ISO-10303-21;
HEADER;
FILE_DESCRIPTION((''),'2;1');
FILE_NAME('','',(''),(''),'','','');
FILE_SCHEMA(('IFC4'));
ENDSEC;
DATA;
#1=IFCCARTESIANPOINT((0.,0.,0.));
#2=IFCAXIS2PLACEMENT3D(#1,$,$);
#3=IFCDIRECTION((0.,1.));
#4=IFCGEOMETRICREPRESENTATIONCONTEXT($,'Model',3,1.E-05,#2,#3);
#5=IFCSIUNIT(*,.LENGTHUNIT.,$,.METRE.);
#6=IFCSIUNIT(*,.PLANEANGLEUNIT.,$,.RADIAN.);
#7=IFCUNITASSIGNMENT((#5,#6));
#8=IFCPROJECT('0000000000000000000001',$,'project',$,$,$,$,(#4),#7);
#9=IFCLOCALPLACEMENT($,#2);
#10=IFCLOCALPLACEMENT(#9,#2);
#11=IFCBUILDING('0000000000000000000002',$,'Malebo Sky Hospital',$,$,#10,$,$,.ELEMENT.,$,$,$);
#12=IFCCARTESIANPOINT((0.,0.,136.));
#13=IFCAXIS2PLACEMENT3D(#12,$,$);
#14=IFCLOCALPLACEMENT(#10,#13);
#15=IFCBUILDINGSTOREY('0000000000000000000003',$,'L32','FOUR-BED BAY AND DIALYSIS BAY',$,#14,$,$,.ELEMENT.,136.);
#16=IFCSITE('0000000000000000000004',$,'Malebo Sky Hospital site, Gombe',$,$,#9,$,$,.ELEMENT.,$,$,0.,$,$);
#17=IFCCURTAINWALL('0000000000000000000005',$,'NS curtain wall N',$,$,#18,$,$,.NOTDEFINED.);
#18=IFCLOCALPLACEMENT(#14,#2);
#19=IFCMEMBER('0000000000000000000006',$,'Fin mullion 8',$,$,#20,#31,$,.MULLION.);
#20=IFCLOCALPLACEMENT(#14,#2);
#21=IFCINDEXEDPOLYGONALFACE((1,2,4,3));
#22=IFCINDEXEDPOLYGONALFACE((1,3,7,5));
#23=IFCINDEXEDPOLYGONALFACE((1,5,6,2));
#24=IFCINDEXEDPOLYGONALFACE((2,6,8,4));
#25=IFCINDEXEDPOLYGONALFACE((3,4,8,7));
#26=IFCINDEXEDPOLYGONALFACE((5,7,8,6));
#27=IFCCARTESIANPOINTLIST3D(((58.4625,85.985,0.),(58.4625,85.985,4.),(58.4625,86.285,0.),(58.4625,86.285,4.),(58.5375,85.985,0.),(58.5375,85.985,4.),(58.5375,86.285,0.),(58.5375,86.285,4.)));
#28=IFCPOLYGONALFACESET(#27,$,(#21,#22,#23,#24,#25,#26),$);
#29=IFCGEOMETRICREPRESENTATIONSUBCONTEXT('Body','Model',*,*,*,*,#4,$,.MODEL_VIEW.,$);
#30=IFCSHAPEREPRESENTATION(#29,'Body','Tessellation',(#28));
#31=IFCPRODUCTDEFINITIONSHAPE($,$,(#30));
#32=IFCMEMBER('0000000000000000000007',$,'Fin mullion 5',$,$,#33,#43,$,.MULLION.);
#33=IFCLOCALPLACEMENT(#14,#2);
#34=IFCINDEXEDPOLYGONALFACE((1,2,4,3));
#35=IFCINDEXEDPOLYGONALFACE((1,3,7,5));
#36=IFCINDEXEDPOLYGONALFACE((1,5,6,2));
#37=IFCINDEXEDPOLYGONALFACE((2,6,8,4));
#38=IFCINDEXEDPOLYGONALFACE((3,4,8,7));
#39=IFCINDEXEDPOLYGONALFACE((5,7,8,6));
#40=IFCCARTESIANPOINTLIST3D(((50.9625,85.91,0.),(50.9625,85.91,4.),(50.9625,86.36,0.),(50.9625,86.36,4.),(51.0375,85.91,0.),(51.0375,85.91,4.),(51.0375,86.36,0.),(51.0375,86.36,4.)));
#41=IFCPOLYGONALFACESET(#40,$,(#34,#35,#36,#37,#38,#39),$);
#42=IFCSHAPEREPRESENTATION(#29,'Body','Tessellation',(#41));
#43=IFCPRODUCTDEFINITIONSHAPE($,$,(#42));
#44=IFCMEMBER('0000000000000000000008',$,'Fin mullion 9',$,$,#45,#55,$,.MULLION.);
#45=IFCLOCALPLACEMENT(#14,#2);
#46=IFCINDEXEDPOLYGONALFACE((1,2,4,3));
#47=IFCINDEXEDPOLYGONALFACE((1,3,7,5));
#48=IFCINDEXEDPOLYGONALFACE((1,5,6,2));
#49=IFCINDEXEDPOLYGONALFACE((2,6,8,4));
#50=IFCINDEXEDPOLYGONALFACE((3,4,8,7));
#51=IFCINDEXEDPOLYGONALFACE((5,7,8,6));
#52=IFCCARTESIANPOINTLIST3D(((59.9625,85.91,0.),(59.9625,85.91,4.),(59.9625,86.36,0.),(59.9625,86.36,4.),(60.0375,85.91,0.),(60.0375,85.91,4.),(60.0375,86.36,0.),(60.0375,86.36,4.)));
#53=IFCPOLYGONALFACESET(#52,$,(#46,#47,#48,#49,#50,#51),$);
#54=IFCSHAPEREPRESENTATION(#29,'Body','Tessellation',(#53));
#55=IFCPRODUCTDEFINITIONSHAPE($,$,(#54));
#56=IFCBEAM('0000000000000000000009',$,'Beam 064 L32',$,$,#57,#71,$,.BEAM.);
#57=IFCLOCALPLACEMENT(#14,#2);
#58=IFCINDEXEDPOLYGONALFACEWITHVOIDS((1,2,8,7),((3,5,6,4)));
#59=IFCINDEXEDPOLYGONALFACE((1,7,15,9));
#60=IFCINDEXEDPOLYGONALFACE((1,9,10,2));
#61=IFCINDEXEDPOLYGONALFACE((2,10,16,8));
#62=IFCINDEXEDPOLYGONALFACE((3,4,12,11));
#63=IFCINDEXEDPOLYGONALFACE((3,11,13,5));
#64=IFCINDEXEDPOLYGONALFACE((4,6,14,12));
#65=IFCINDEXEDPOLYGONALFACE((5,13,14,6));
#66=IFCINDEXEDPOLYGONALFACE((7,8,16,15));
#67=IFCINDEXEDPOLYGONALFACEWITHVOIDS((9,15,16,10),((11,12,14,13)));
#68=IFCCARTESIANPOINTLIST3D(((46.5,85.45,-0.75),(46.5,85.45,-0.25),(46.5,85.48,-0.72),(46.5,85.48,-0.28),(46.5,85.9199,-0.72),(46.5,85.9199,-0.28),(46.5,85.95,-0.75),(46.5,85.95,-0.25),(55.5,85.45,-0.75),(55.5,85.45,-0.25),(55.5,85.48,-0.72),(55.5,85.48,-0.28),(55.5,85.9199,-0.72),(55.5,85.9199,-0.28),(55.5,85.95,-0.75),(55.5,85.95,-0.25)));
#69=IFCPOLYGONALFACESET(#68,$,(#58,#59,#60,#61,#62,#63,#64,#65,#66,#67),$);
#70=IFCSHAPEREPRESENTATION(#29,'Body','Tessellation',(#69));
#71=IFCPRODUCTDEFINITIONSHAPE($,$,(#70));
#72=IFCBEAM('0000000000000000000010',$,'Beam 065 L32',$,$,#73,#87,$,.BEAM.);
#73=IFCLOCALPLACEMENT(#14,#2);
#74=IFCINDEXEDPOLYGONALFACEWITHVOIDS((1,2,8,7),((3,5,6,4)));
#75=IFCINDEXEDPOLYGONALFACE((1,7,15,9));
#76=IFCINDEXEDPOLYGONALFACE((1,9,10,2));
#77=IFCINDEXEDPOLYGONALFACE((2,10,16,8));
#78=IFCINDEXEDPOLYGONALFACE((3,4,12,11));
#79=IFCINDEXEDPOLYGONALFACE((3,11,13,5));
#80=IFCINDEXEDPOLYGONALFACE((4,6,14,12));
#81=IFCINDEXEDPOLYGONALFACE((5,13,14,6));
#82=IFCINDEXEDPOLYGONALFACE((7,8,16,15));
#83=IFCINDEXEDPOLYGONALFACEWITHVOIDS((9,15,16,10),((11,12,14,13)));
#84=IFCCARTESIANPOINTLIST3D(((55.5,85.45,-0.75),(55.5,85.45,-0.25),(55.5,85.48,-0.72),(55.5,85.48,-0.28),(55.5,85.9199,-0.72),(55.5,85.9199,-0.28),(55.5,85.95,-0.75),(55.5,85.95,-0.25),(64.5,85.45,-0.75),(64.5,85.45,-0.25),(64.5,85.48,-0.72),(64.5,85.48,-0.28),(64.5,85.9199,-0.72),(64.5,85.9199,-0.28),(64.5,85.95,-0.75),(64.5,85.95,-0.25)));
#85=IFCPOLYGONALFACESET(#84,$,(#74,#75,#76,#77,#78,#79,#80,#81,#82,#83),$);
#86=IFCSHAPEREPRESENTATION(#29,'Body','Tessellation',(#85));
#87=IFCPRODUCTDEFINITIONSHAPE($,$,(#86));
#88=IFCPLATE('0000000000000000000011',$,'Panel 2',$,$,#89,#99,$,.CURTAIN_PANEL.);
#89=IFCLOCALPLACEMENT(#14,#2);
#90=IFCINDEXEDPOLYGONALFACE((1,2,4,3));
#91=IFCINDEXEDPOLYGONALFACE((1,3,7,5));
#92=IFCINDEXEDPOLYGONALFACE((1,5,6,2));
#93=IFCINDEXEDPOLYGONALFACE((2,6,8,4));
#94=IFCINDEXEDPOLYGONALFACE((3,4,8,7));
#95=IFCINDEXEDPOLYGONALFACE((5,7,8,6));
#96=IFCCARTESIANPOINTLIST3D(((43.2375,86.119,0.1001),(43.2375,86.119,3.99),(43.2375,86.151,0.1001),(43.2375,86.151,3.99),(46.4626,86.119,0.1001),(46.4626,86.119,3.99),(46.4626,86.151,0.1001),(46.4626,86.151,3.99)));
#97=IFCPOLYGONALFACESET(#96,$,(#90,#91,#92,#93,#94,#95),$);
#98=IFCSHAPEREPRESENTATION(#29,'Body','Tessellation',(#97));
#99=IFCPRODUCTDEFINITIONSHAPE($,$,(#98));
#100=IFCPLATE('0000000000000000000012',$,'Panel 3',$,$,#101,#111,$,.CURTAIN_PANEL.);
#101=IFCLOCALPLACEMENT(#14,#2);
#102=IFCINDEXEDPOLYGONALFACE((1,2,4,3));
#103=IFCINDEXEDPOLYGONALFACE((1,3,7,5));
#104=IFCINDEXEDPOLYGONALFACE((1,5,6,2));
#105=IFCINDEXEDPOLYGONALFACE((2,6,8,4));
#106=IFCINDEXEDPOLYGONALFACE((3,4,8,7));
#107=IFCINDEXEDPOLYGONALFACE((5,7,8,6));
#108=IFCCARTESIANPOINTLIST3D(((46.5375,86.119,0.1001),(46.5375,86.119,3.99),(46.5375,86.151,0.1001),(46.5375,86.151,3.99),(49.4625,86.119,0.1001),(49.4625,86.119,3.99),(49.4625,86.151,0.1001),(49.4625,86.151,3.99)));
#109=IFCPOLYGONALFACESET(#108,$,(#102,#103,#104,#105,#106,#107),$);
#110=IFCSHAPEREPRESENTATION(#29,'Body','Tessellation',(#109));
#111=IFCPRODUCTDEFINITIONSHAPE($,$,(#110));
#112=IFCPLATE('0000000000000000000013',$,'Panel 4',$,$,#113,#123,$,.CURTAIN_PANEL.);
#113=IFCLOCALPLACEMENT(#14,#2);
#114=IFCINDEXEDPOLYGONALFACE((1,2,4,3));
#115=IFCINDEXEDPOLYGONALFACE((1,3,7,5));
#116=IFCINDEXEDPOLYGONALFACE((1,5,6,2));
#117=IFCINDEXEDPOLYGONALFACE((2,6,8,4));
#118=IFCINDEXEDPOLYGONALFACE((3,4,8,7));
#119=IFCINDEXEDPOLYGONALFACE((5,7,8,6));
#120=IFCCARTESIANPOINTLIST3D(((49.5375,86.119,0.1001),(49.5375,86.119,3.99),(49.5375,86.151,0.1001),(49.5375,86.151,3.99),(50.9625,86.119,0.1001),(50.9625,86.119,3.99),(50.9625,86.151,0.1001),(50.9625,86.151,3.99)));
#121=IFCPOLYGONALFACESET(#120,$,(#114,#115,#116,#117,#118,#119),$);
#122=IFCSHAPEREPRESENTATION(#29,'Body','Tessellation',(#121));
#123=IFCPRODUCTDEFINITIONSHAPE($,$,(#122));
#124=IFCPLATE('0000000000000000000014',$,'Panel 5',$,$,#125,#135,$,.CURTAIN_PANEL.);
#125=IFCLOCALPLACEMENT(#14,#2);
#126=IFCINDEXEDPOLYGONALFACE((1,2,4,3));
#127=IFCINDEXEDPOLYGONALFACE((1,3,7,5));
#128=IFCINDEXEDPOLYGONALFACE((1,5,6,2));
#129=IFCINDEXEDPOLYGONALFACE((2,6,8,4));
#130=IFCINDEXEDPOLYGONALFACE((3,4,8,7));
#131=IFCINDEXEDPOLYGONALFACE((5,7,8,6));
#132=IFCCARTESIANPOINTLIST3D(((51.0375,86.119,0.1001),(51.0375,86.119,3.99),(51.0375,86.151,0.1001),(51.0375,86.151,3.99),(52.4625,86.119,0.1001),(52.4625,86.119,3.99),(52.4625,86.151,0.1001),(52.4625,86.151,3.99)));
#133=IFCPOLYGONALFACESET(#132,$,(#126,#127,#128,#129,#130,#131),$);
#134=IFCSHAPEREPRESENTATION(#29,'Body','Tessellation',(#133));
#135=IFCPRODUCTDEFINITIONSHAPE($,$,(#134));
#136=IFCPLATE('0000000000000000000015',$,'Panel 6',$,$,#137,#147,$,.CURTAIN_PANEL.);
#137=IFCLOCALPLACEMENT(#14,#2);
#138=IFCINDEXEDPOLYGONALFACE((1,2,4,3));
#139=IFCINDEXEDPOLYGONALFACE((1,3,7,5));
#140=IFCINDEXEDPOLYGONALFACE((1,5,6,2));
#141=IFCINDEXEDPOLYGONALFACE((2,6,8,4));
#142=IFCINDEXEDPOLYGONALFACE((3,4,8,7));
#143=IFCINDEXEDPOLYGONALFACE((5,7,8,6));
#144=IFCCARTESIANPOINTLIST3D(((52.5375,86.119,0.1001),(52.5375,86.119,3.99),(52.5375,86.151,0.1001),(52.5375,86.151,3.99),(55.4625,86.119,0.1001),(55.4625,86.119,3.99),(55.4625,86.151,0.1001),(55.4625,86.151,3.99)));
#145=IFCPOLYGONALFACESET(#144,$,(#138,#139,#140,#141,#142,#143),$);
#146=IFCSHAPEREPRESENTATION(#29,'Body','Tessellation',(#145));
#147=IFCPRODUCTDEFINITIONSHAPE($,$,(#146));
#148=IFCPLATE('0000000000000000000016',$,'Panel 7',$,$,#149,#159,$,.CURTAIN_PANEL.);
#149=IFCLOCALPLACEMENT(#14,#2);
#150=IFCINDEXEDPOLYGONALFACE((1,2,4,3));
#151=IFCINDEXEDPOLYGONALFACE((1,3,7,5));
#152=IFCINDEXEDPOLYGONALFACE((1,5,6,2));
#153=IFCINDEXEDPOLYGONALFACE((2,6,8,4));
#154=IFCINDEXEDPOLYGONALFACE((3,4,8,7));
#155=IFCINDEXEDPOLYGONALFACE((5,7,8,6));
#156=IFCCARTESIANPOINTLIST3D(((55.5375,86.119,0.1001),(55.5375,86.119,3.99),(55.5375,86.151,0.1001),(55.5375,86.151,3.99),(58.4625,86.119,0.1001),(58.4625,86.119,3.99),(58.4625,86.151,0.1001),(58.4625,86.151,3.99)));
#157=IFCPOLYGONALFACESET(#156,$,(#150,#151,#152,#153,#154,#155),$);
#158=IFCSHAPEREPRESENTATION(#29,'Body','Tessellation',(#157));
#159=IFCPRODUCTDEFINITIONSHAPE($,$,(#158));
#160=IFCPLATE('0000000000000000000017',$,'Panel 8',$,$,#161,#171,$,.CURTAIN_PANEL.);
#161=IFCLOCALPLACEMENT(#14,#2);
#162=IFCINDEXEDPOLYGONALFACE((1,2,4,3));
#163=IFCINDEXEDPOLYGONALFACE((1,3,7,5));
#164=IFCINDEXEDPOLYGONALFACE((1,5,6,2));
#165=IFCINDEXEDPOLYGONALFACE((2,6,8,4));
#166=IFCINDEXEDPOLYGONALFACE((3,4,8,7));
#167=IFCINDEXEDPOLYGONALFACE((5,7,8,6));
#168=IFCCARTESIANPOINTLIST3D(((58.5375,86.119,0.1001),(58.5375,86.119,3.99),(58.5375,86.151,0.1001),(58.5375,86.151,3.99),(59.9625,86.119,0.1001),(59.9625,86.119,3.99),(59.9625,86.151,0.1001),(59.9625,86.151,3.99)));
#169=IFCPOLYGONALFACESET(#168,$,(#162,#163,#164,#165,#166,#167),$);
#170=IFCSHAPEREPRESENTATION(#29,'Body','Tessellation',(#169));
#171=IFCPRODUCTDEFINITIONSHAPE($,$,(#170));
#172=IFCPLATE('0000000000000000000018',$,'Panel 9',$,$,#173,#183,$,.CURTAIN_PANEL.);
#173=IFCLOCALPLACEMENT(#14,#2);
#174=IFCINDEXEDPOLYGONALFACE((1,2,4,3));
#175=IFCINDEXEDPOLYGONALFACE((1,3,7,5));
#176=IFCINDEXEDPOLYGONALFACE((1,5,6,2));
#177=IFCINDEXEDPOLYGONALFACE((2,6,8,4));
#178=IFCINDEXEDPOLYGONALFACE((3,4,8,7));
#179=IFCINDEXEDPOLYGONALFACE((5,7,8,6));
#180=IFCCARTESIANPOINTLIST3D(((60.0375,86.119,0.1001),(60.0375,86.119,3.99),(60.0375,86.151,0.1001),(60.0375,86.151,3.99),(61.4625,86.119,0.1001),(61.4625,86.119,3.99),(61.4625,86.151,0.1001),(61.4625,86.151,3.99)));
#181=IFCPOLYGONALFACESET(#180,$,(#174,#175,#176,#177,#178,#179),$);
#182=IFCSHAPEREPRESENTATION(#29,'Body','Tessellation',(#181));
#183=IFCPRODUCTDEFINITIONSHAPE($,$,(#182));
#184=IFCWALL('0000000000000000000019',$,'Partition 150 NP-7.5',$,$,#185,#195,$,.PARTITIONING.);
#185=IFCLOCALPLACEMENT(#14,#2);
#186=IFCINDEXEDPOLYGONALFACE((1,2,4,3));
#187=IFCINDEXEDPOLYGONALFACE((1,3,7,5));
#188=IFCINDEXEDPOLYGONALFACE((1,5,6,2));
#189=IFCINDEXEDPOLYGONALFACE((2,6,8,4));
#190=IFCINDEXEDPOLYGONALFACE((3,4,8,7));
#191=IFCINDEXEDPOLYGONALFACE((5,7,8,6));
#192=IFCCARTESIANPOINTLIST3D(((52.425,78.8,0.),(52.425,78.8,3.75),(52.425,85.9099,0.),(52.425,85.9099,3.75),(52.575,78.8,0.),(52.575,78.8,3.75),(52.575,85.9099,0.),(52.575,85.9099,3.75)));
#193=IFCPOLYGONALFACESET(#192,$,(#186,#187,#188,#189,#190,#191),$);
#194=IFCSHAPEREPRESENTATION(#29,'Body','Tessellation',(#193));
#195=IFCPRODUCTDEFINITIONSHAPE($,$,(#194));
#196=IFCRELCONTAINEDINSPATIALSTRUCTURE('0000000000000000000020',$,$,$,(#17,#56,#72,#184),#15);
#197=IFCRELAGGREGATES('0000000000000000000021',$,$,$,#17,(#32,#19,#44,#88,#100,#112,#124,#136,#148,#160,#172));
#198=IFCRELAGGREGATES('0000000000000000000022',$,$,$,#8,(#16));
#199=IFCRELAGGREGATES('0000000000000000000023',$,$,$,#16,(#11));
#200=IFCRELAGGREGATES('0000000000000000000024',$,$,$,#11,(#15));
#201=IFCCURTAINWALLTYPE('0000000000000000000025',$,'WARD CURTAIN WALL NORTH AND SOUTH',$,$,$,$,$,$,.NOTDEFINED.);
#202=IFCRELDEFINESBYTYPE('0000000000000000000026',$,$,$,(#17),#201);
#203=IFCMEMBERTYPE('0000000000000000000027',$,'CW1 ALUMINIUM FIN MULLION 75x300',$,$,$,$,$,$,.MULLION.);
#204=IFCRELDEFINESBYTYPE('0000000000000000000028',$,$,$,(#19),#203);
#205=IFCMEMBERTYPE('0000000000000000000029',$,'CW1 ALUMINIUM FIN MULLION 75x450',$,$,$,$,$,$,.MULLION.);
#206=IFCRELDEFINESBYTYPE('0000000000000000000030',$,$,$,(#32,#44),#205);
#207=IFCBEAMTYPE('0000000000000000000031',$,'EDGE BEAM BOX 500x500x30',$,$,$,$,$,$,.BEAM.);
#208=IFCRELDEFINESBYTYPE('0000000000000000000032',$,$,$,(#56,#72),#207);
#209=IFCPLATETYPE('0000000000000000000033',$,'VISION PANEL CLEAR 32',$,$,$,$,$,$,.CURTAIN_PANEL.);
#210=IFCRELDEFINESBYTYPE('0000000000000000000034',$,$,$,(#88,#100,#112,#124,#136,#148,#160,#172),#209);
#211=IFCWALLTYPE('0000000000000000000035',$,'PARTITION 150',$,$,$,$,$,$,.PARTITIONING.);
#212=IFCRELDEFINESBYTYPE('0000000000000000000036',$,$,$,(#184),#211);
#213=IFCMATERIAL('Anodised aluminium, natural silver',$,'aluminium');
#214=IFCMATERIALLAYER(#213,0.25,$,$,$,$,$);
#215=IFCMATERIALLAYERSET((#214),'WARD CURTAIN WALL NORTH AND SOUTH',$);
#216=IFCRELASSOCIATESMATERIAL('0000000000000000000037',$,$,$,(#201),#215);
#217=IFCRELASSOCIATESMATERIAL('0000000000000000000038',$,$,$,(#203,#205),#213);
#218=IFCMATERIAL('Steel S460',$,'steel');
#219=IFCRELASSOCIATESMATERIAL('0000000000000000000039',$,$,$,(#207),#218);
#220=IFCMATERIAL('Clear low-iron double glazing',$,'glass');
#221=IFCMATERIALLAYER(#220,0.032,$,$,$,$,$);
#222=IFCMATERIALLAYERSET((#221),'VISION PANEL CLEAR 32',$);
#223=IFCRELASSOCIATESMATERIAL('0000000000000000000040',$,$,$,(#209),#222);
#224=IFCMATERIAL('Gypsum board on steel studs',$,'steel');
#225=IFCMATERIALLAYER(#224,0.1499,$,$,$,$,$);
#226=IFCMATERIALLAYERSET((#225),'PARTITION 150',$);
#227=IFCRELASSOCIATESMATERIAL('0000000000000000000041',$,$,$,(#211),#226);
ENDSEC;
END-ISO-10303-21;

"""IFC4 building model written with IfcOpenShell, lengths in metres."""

from ifc_helpers import new_model, si_unit, direction, frame, frame_2d, origin, origin_2d, place, context, subcontext, project, spatial, rectangle, hollow_rectangle, extrude, material, layer, layer_set, material_profile, profile_set, type_object, element, aggregate, save


model = new_model("IFC4")

# Units and contexts
model_context = context("Model", 3, precision=1e-05, world=origin(), true_north=direction((0.0, 1.0)))
body_context = subcontext(model_context, "Body", "Model", "MODEL_VIEW")
ifc_project = project(units=[si_unit("LENGTHUNIT", "METRE"), si_unit("PLANEANGLEUNIT", "RADIAN")], contexts=[model_context])

# Site, building, storey
site_placement = place(None, origin())
site = spatial("IfcSite", under=ifc_project, at=site_placement, Name="Malebo Sky Hospital site, Gombe", CompositionType="ELEMENT", RefElevation=0.0)
building_placement = place(site_placement, origin())
building = spatial("IfcBuilding", under=site, at=building_placement, Name="Malebo Sky Hospital", CompositionType="ELEMENT")
storey_placement = place(building_placement, frame((0.0, 0.0, 136.0)))
storey = spatial("IfcBuildingStorey", under=building, at=storey_placement, Name="L32", Description="FOUR-BED BAY AND DIALYSIS BAY", CompositionType="ELEMENT", Elevation=136.0)

# Shared definitions
ifc_material_1 = material(Name="Steel S460", Category="steel")

# Curtain wall, members
ifc_material_2 = material(Name="Anodised aluminium, natural silver", Category="aluminium")
ifc_layer_1 = layer(ifc_material_2, 0.25)
ifc_layer_set_1 = layer_set([ifc_layer_1], Name="WARD CURTAIN WALL NORTH AND SOUTH")
curtain_wall_type = type_object("IfcCurtainWallType", Name="WARD CURTAIN WALL NORTH AND SOUTH", PredefinedType="NOTDEFINED", material=ifc_layer_set_1)
curtain_wall_placement = place(storey_placement, origin())
curtain_wall = element("IfcCurtainWall", 1, at=curtain_wall_placement, inside=storey, type_object=curtain_wall_type, Name="NS curtain wall N", PredefinedType="NOTDEFINED")
ifc_material_profile_1 = material_profile(ifc_material_2, rectangle(XDim=0.075, YDim=0.3, at=origin_2d()), Name="CW1 ALUMINIUM FIN MULLION 75x300")
ifc_profile_set_1 = profile_set([ifc_material_profile_1], Name="Anodised aluminium, natural silver")
member_type_1 = type_object("IfcMemberType", Name="CW1 ALUMINIUM FIN MULLION 75x300", PredefinedType="MULLION", material=ifc_profile_set_1)
member_1_placement = place(storey_placement, frame((58.5, 86.135, 0.0), z_axis=(0.0, 0.0, 1.0), x_axis=(1.0, 0.0, 0.0)))
member_1 = element("IfcMember", 2, at=member_1_placement, type_object=member_type_1, Name="Fin mullion 8", PredefinedType="MULLION", context=body_context, shape_type="SweptSolid", body=[
    extrude(rectangle(XDim=0.075, YDim=0.3, at=origin_2d()), origin(), (0.0, 0.0, 1.0), 4.0),
])
ifc_material_profile_2 = material_profile(ifc_material_2, rectangle(XDim=0.075, YDim=0.45, at=origin_2d()), Name="CW1 ALUMINIUM FIN MULLION 75x450")
ifc_profile_set_2 = profile_set([ifc_material_profile_2], Name="Anodised aluminium, natural silver")
member_type_2 = type_object("IfcMemberType", Name="CW1 ALUMINIUM FIN MULLION 75x450", PredefinedType="MULLION", material=ifc_profile_set_2)
member_2_placement = place(storey_placement, frame((51.0, 86.135, 0.0), z_axis=(0.0, 0.0, 1.0), x_axis=(1.0, 0.0, 0.0)))
member_2 = element("IfcMember", 3, at=member_2_placement, type_object=member_type_2, Name="Fin mullion 5", PredefinedType="MULLION", context=body_context, shape_type="SweptSolid", body=[
    extrude(rectangle(XDim=0.075, YDim=0.45, at=origin_2d()), origin(), (0.0, 0.0, 1.0), 4.0),
])
member_3_placement = place(storey_placement, frame((60.0, 86.135, 0.0), z_axis=(0.0, 0.0, 1.0), x_axis=(1.0, 0.0, 0.0)))
member_3 = element("IfcMember", 4, at=member_3_placement, type_object=member_type_2, Name="Fin mullion 9", PredefinedType="MULLION", context=body_context, shape_type="SweptSolid", body=[
    extrude(rectangle(XDim=0.075, YDim=0.45, at=origin_2d()), origin(), (0.0, 0.0, 1.0), 4.0),
])

# Beams
ifc_material_profile_3 = material_profile(ifc_material_1, hollow_rectangle(XDim=0.5, YDim=0.5, WallThickness=0.03, at=origin_2d()), Name="BOX 500x500x30")
ifc_profile_set_3 = profile_set([ifc_material_profile_3], Name="Steel S460")
beam_type = type_object("IfcBeamType", Name="EDGE BEAM BOX 500x500x30", PredefinedType="BEAM", material=ifc_profile_set_3)
for number, where, z_axis, x_axis, name in (
    (5, (46.5, 85.7, -0.5), (1.0, 0.0, 0.0), (0.0, 1.0, 0.0), "Beam 064 L32"),
    (6, (55.5, 85.7, -0.5), (1.0, 0.0, 0.0), (0.0, 1.0, 0.0), "Beam 065 L32"),
):
    element("IfcBeam", number, at=place(storey_placement, frame(where, z_axis=z_axis, x_axis=x_axis)), inside=storey, type_object=beam_type, Name=name, PredefinedType="BEAM", context=body_context, shape_type="SweptSolid", body=[
        extrude(hollow_rectangle(XDim=0.5, YDim=0.5, WallThickness=0.03, at=origin_2d()), origin(), (0.0, 0.0, 1.0), 9.0),
    ])

# Plates
ifc_material_3 = material(Name="Clear low-iron double glazing", Category="glass")
ifc_layer_2 = layer(ifc_material_3, 0.032)
ifc_layer_set_2 = layer_set([ifc_layer_2], Name="VISION PANEL CLEAR 32")
plate_type = type_object("IfcPlateType", Name="VISION PANEL CLEAR 32", PredefinedType="CURTAIN_PANEL", material=ifc_layer_set_2)
plate_1_placement = place(storey_placement, frame((44.8501, 86.135, 0.1001), z_axis=(0.0, 0.0, 1.0), x_axis=(1.0, 0.0, 0.0)))
plate_1 = element("IfcPlate", 7, at=plate_1_placement, type_object=plate_type, Name="Panel 2", PredefinedType="CURTAIN_PANEL", context=body_context, shape_type="SweptSolid", body=[
    extrude(rectangle(XDim=3.2251, YDim=0.032, at=origin_2d()), origin(), (0.0, 0.0, 1.0), 3.8899),
])
plate_2_placement = place(storey_placement, frame((48.0, 86.135, 0.1001), z_axis=(0.0, 0.0, 1.0), x_axis=(1.0, 0.0, 0.0)))
plate_2 = element("IfcPlate", 8, at=plate_2_placement, type_object=plate_type, Name="Panel 3", PredefinedType="CURTAIN_PANEL", context=body_context, shape_type="SweptSolid", body=[
    extrude(rectangle(XDim=2.925, YDim=0.032, at=origin_2d()), origin(), (0.0, 0.0, 1.0), 3.8899),
])
plate_3_placement = place(storey_placement, frame((50.25, 86.135, 0.1001), z_axis=(0.0, 0.0, 1.0), x_axis=(1.0, 0.0, 0.0)))
plate_3 = element("IfcPlate", 9, at=plate_3_placement, type_object=plate_type, Name="Panel 4", PredefinedType="CURTAIN_PANEL", context=body_context, shape_type="SweptSolid", body=[
    extrude(rectangle(XDim=1.425, YDim=0.032, at=origin_2d()), origin(), (0.0, 0.0, 1.0), 3.8899),
])
plate_4_placement = place(storey_placement, frame((51.75, 86.135, 0.1001), z_axis=(0.0, 0.0, 1.0), x_axis=(1.0, 0.0, 0.0)))
plate_4 = element("IfcPlate", 10, at=plate_4_placement, type_object=plate_type, Name="Panel 5", PredefinedType="CURTAIN_PANEL", context=body_context, shape_type="SweptSolid", body=[
    extrude(rectangle(XDim=1.425, YDim=0.032, at=origin_2d()), origin(), (0.0, 0.0, 1.0), 3.8899),
])
plate_5_placement = place(storey_placement, frame((54.0, 86.135, 0.1001), z_axis=(0.0, 0.0, 1.0), x_axis=(1.0, 0.0, 0.0)))
plate_5 = element("IfcPlate", 11, at=plate_5_placement, type_object=plate_type, Name="Panel 6", PredefinedType="CURTAIN_PANEL", context=body_context, shape_type="SweptSolid", body=[
    extrude(rectangle(XDim=2.925, YDim=0.032, at=origin_2d()), origin(), (0.0, 0.0, 1.0), 3.8899),
])
plate_6_placement = place(storey_placement, frame((57.0, 86.135, 0.1001), z_axis=(0.0, 0.0, 1.0), x_axis=(1.0, 0.0, 0.0)))
plate_6 = element("IfcPlate", 12, at=plate_6_placement, type_object=plate_type, Name="Panel 7", PredefinedType="CURTAIN_PANEL", context=body_context, shape_type="SweptSolid", body=[
    extrude(rectangle(XDim=2.925, YDim=0.032, at=origin_2d()), origin(), (0.0, 0.0, 1.0), 3.8899),
])
plate_7_placement = place(storey_placement, frame((59.25, 86.135, 0.1001), z_axis=(0.0, 0.0, 1.0), x_axis=(1.0, 0.0, 0.0)))
plate_7 = element("IfcPlate", 13, at=plate_7_placement, type_object=plate_type, Name="Panel 8", PredefinedType="CURTAIN_PANEL", context=body_context, shape_type="SweptSolid", body=[
    extrude(rectangle(XDim=1.425, YDim=0.032, at=origin_2d()), origin(), (0.0, 0.0, 1.0), 3.8899),
])
plate_8_placement = place(storey_placement, frame((60.75, 86.135, 0.1001), z_axis=(0.0, 0.0, 1.0), x_axis=(1.0, 0.0, 0.0)))
plate_8 = element("IfcPlate", 14, at=plate_8_placement, type_object=plate_type, Name="Panel 9", PredefinedType="CURTAIN_PANEL", context=body_context, shape_type="SweptSolid", body=[
    extrude(rectangle(XDim=1.425, YDim=0.032, at=origin_2d()), origin(), (0.0, 0.0, 1.0), 3.8899),
])
aggregate(curtain_wall, [member_2, member_1, member_3, plate_1, plate_2, plate_3, plate_4, plate_5, plate_6, plate_7, plate_8])

# Wall
ifc_material_4 = material(Name="Gypsum board on steel studs", Category="steel")
ifc_layer_3 = layer(ifc_material_4, 0.1499)
ifc_layer_set_3 = layer_set([ifc_layer_3], Name="PARTITION 150")
wall_type = type_object("IfcWallType", Name="PARTITION 150", PredefinedType="PARTITIONING", material=ifc_layer_set_3)
wall_1_placement = place(storey_placement, frame((52.5, 78.8, 0.0), z_axis=(0.0, 0.0, 1.0), x_axis=(0.0, 1.0, 0.0)))
element("IfcWall", 15, at=wall_1_placement, inside=storey, type_object=wall_type, Name="Partition 150 NP-7.5", PredefinedType="PARTITIONING", context=body_context, shape_type="SweptSolid", body=[
    extrude(rectangle(XDim=7.1099, YDim=0.1499, at=frame_2d((3.5549, 0.0))), origin(), (0.0, 0.0, 1.0), 3.75),
])

save(model, "model.ifc")
